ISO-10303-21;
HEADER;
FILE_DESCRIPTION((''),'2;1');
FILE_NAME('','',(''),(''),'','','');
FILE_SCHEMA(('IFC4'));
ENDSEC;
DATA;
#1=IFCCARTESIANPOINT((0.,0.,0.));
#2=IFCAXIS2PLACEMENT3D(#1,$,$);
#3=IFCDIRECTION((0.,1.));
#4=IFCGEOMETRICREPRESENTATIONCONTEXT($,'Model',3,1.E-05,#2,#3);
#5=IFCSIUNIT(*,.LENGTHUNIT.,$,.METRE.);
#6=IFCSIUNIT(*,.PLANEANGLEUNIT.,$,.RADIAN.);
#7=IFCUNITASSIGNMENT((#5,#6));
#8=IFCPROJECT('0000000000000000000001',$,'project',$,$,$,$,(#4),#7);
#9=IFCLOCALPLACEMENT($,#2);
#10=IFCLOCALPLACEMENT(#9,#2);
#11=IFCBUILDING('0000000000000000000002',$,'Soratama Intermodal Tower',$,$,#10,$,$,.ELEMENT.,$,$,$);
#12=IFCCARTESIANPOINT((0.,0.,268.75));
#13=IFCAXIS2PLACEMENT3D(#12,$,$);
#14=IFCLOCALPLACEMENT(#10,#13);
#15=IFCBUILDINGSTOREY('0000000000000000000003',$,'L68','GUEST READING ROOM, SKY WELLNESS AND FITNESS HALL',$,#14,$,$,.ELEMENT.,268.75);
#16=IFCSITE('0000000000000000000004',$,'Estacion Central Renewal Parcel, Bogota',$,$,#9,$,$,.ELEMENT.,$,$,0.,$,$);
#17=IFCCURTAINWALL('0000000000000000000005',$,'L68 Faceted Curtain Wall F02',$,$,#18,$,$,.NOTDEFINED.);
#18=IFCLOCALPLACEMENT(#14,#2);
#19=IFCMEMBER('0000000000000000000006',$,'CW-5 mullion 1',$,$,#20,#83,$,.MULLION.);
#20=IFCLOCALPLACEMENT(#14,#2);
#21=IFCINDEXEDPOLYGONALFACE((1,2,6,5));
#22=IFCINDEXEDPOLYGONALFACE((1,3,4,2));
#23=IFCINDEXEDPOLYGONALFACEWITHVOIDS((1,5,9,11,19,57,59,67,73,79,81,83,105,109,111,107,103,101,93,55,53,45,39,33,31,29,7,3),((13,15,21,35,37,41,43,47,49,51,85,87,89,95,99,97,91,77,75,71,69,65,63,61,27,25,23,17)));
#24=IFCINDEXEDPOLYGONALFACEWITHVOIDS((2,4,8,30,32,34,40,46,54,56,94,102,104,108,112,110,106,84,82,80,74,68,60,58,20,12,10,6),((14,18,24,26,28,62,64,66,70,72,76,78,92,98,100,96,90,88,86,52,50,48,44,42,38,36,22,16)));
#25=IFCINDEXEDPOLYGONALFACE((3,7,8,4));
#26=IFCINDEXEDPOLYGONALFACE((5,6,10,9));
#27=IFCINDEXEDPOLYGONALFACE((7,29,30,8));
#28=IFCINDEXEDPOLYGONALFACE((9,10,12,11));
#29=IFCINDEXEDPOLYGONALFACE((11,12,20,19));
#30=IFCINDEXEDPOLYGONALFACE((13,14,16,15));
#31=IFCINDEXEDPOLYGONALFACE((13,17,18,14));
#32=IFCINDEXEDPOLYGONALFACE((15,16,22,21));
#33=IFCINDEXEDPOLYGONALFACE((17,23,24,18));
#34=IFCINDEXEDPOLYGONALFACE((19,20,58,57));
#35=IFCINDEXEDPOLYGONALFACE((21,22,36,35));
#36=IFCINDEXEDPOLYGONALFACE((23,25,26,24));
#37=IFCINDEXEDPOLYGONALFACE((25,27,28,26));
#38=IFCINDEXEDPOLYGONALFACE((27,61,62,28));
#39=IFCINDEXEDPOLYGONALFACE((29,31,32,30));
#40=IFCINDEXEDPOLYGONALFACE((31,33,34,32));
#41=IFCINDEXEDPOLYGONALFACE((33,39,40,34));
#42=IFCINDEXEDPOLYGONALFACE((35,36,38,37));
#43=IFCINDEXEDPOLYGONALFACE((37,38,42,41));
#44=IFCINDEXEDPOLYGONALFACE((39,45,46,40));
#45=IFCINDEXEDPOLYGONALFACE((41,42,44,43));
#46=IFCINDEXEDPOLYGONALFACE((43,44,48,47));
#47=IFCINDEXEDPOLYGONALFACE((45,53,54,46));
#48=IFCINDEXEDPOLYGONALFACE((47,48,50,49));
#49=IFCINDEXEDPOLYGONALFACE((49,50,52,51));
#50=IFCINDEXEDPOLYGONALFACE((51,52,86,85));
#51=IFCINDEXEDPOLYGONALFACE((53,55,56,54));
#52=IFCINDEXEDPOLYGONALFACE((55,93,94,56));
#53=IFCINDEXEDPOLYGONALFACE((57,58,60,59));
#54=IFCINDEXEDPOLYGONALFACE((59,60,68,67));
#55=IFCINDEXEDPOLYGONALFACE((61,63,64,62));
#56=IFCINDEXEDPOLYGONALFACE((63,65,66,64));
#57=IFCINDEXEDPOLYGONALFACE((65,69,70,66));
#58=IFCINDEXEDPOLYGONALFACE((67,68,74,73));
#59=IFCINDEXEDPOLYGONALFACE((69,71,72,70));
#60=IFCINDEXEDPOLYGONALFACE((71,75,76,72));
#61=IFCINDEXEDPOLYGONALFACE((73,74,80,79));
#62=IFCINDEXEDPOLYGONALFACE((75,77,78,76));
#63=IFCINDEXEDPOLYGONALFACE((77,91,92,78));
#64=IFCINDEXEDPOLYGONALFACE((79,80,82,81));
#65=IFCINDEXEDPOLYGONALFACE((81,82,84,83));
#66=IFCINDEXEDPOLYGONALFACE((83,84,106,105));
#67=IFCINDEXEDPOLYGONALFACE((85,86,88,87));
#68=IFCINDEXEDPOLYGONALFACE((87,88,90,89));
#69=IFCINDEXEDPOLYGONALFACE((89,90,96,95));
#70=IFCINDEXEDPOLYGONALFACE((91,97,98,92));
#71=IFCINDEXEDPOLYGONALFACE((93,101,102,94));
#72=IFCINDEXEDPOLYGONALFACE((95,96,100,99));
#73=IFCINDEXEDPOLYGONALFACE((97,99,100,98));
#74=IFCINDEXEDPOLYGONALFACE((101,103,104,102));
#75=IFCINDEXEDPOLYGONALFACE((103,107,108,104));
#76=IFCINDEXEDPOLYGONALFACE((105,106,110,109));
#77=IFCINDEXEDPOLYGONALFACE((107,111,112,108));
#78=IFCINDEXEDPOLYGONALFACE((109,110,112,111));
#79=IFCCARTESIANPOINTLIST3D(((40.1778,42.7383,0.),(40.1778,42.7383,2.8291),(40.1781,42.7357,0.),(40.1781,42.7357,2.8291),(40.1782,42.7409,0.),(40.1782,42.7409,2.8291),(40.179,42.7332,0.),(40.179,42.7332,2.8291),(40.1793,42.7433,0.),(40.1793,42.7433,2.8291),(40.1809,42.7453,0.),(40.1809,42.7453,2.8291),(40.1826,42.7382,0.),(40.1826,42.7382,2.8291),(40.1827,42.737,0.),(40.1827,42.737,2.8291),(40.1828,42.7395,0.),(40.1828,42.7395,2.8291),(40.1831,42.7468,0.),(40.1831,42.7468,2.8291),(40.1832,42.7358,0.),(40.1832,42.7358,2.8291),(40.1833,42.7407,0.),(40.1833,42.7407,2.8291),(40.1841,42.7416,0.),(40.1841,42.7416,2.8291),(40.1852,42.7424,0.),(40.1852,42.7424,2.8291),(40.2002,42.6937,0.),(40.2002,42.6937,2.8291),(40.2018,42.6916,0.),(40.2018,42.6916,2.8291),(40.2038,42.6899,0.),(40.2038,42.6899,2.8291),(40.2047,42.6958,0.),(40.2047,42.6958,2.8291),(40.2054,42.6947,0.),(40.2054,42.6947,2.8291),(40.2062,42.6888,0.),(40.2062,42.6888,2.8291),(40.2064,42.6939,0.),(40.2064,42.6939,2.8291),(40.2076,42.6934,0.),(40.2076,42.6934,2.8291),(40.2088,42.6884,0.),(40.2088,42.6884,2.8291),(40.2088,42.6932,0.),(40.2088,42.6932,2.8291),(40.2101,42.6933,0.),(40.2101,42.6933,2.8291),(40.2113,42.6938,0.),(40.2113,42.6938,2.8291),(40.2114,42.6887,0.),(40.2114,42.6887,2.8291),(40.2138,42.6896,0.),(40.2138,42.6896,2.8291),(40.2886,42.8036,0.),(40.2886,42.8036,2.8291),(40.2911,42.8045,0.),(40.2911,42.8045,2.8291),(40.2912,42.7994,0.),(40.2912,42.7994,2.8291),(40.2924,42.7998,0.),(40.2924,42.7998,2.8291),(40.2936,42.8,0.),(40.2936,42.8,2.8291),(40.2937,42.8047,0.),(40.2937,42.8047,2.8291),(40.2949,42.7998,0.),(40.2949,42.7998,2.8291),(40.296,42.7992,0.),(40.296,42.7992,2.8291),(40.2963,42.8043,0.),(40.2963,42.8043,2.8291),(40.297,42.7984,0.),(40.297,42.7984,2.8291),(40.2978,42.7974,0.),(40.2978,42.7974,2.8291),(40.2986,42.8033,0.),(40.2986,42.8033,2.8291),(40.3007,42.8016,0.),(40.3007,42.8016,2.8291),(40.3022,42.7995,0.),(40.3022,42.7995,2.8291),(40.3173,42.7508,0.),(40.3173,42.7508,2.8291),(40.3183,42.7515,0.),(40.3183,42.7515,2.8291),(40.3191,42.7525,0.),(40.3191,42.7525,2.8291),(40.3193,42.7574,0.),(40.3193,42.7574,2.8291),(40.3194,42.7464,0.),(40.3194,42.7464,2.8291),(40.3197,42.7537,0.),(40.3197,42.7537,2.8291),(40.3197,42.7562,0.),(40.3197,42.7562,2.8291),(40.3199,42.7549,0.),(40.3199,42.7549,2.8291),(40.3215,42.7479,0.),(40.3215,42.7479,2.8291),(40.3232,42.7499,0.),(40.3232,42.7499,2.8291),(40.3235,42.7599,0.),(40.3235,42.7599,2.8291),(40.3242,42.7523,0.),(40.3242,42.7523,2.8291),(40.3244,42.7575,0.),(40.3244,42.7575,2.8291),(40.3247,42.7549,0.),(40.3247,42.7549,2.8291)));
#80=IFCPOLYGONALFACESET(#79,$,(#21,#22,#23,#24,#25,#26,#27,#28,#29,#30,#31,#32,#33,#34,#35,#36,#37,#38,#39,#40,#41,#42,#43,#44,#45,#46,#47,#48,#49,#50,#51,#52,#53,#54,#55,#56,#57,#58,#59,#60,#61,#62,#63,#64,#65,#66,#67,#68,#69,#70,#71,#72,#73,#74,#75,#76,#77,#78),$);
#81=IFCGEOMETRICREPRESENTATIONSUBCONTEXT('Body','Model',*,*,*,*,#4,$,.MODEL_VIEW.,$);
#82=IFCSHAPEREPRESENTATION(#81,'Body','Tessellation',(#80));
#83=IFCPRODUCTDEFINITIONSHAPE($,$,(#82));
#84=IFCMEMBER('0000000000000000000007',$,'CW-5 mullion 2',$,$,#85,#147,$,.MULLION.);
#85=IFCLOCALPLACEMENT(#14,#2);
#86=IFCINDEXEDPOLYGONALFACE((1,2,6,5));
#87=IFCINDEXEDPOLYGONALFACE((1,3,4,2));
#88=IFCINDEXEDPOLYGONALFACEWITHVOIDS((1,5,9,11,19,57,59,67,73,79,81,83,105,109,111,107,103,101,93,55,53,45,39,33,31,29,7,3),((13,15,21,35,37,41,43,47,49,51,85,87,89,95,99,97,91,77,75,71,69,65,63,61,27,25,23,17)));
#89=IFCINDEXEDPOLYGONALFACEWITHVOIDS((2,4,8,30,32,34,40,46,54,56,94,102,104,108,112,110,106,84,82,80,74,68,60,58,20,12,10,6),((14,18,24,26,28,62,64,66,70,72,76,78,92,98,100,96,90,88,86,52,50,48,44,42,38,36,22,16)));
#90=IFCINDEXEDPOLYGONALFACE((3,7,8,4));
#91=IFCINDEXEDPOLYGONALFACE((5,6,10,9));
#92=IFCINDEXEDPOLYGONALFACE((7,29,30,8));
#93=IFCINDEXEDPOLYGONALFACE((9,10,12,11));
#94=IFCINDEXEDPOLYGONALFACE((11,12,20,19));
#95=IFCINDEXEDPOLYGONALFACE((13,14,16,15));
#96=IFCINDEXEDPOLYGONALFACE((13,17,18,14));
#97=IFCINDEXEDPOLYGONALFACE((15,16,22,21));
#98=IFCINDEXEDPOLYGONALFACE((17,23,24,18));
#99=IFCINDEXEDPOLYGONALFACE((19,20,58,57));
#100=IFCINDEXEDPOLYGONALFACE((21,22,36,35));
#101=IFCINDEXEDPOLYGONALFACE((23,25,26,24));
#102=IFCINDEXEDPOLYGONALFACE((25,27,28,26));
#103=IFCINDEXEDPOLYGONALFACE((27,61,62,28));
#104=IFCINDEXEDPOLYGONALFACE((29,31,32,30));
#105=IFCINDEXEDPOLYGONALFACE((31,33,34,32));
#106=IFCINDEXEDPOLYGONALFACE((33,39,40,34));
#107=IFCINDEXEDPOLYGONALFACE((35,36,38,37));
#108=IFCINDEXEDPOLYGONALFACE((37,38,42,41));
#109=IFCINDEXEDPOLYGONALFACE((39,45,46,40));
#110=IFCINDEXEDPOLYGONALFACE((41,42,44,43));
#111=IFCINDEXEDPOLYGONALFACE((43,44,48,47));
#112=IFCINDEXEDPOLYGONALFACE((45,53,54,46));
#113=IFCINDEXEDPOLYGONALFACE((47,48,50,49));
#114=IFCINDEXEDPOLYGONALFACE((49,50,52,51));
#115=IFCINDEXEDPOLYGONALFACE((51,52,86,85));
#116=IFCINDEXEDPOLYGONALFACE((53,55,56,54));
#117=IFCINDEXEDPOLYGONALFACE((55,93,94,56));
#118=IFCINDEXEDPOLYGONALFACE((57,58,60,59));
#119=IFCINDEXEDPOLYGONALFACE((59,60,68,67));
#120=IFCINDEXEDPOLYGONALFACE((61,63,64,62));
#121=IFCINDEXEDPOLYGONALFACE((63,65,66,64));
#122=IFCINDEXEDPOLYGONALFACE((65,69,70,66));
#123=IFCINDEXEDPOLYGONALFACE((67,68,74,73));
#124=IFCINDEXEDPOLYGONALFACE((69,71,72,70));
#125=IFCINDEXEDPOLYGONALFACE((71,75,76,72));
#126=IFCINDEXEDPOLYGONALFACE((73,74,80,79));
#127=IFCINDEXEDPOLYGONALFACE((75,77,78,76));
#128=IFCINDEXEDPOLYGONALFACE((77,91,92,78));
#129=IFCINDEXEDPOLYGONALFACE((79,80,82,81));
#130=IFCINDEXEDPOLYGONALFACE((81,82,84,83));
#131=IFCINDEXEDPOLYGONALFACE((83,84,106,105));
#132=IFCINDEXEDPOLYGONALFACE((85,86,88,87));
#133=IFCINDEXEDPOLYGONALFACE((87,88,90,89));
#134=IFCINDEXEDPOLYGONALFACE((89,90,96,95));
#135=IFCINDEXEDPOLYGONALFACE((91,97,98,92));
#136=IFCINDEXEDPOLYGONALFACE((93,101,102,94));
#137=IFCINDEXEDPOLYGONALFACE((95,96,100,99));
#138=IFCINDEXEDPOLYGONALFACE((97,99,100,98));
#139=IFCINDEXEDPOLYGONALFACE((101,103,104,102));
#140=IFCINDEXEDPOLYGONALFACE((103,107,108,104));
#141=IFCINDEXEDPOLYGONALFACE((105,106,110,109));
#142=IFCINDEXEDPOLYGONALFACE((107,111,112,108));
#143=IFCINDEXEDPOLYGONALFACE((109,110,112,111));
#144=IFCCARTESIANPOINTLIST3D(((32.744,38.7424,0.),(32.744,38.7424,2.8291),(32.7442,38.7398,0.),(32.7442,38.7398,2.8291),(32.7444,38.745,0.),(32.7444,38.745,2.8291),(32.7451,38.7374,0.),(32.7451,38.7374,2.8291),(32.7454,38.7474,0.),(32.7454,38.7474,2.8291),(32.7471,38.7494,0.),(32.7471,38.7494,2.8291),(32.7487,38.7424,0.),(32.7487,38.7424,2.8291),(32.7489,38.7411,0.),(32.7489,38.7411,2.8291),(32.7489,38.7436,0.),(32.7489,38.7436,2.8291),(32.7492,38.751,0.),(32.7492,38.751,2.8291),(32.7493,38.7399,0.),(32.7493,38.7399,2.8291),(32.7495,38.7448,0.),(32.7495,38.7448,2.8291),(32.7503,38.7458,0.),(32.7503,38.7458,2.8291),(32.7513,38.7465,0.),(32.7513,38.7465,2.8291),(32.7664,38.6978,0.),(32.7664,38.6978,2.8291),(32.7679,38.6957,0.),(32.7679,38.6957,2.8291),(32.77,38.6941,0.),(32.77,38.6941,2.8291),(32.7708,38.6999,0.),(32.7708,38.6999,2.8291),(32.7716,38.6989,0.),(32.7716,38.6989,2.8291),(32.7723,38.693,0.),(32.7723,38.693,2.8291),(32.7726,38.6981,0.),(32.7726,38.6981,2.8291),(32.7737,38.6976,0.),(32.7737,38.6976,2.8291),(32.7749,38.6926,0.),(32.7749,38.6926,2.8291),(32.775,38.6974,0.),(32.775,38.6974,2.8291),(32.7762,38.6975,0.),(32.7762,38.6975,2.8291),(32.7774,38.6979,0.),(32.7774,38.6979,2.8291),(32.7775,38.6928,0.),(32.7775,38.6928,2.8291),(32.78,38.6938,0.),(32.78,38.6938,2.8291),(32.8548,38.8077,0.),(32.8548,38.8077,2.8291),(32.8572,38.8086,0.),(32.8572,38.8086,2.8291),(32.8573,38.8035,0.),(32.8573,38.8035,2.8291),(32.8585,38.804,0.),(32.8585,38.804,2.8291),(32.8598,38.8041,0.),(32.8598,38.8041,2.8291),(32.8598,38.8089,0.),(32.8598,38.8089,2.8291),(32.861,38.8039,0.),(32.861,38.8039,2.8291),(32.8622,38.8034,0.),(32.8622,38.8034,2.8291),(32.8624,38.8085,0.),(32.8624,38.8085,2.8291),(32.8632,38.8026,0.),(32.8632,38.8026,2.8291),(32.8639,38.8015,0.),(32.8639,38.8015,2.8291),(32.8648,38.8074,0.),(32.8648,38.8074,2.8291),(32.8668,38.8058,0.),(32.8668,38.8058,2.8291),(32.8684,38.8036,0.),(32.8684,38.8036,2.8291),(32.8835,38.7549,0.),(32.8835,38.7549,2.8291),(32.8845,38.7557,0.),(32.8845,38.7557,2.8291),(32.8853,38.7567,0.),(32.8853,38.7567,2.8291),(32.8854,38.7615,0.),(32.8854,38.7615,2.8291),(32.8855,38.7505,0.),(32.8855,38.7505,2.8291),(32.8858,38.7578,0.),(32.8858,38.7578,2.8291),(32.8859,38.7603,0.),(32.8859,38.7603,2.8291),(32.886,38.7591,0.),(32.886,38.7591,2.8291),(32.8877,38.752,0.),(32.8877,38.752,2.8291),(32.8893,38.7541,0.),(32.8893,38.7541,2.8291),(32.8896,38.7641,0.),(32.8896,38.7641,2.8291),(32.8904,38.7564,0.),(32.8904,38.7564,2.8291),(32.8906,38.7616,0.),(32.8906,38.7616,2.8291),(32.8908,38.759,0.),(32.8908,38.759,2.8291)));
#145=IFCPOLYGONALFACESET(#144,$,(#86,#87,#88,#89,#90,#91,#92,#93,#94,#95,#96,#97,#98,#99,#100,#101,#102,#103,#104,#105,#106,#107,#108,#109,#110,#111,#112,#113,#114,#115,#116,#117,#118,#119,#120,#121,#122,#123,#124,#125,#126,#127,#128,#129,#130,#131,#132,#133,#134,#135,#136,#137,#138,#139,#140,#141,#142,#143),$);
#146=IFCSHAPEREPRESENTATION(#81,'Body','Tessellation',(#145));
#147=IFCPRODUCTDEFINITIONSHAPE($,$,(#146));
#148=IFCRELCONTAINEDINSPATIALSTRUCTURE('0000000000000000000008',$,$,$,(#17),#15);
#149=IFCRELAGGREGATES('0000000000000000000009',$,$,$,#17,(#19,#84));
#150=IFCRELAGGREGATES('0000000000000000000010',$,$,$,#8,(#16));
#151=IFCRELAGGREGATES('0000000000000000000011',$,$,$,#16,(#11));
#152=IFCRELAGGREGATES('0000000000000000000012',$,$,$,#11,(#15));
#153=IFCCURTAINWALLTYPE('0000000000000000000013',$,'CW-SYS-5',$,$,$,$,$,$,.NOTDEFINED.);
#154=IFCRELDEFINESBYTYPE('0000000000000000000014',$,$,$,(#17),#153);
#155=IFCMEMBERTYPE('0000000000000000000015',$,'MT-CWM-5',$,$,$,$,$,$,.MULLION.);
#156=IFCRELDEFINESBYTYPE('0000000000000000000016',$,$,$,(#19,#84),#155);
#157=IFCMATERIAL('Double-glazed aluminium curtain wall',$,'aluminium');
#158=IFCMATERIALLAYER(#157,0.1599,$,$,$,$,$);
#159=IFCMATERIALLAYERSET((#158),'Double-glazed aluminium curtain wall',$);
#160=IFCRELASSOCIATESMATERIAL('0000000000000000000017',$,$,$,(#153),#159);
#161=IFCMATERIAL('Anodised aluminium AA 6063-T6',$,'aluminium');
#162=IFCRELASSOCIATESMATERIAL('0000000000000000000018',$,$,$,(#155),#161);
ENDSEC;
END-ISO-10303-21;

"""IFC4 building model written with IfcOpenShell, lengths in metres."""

from ifc_helpers import new_model, si_unit, direction, frame, origin, origin_2d, place, context, subcontext, project, spatial, hollow_rectangle, extrude, material, layer, layer_set, material_profile, profile_set, type_object, element, aggregate, save


model = new_model("IFC4")

# Units and contexts
model_context = context("Model", 3, precision=1e-05, world=origin(), true_north=direction((0.0, 1.0)))
body_context = subcontext(model_context, "Body", "Model", "MODEL_VIEW")
ifc_project = project(units=[si_unit("LENGTHUNIT", "METRE"), si_unit("PLANEANGLEUNIT", "RADIAN")], contexts=[model_context])

# Site, building, storey
site_placement = place(None, origin())
site = spatial("IfcSite", under=ifc_project, at=site_placement, Name="Estacion Central Renewal Parcel, Bogota", CompositionType="ELEMENT", RefElevation=0.0)
building_placement = place(site_placement, origin())
building = spatial("IfcBuilding", under=site, at=building_placement, Name="Soratama Intermodal Tower", CompositionType="ELEMENT")
storey_placement = place(building_placement, frame((0.0, 0.0, 268.75)))
storey = spatial("IfcBuildingStorey", under=building, at=storey_placement, Name="L68", Description="GUEST READING ROOM, SKY WELLNESS AND FITNESS HALL", CompositionType="ELEMENT", Elevation=268.75)

# Curtain wall, members
ifc_material_1 = material(Name="Double-glazed aluminium curtain wall", Category="aluminium")
ifc_layer_1 = layer(ifc_material_1, 0.1599)
ifc_layer_set_1 = layer_set([ifc_layer_1], Name="Double-glazed aluminium curtain wall")
curtain_wall_type = type_object("IfcCurtainWallType", Name="CW-SYS-5", PredefinedType="NOTDEFINED", material=ifc_layer_set_1)
curtain_wall_1_placement = place(storey_placement, origin())
curtain_wall_1 = element("IfcCurtainWall", 1, at=curtain_wall_1_placement, inside=storey, type_object=curtain_wall_type, Name="L68 Faceted Curtain Wall F02", PredefinedType="NOTDEFINED")
ifc_material_2 = material(Name="Anodised aluminium AA 6063-T6", Category="aluminium")
ifc_material_profile_1 = material_profile(ifc_material_2, hollow_rectangle(XDim=0.0649, YDim=0.1399, WallThickness=0.0049, InnerFilletRadius=0.0049, OuterFilletRadius=0.01, at=origin_2d()), Name="CWM140X65X5")
ifc_profile_set_1 = profile_set([ifc_material_profile_1], Name="Anodised aluminium AA 6063-T6")
member_type_1 = type_object("IfcMemberType", Name="MT-CWM-5", PredefinedType="MULLION", material=ifc_profile_set_1)
member_1_placement = place(storey_placement, frame((40.2512, 42.7466, 0.0), z_axis=(0.0, 0.0, 1.0), x_axis=(0.47347, -0.88081, 0.0)))
member_1 = element("IfcMember", 2, at=member_1_placement, type_object=member_type_1, Name="CW-5 mullion 1", PredefinedType="MULLION", context=body_context, shape_type="SweptSolid", body=[
    extrude(hollow_rectangle(XDim=0.0649, YDim=0.1399, WallThickness=0.0049, InnerFilletRadius=0.0049, OuterFilletRadius=0.01, at=origin_2d()), origin(), (0.0, 0.0, 1.0), 2.8291),
])
member_2_placement = place(storey_placement, frame((32.8174, 38.7507, 0.0), z_axis=(0.0, 0.0, 1.0), x_axis=(0.47347, -0.88081, 0.0)))
member_2 = element("IfcMember", 3, at=member_2_placement, type_object=member_type_1, Name="CW-5 mullion 2", PredefinedType="MULLION", context=body_context, shape_type="SweptSolid", body=[
    extrude(hollow_rectangle(XDim=0.0649, YDim=0.1399, WallThickness=0.0049, InnerFilletRadius=0.0049, OuterFilletRadius=0.01, at=origin_2d()), origin(), (0.0, 0.0, 1.0), 2.8291),
])

aggregate(curtain_wall_1, [member_1, member_2])

save(model, "model.ifc")
